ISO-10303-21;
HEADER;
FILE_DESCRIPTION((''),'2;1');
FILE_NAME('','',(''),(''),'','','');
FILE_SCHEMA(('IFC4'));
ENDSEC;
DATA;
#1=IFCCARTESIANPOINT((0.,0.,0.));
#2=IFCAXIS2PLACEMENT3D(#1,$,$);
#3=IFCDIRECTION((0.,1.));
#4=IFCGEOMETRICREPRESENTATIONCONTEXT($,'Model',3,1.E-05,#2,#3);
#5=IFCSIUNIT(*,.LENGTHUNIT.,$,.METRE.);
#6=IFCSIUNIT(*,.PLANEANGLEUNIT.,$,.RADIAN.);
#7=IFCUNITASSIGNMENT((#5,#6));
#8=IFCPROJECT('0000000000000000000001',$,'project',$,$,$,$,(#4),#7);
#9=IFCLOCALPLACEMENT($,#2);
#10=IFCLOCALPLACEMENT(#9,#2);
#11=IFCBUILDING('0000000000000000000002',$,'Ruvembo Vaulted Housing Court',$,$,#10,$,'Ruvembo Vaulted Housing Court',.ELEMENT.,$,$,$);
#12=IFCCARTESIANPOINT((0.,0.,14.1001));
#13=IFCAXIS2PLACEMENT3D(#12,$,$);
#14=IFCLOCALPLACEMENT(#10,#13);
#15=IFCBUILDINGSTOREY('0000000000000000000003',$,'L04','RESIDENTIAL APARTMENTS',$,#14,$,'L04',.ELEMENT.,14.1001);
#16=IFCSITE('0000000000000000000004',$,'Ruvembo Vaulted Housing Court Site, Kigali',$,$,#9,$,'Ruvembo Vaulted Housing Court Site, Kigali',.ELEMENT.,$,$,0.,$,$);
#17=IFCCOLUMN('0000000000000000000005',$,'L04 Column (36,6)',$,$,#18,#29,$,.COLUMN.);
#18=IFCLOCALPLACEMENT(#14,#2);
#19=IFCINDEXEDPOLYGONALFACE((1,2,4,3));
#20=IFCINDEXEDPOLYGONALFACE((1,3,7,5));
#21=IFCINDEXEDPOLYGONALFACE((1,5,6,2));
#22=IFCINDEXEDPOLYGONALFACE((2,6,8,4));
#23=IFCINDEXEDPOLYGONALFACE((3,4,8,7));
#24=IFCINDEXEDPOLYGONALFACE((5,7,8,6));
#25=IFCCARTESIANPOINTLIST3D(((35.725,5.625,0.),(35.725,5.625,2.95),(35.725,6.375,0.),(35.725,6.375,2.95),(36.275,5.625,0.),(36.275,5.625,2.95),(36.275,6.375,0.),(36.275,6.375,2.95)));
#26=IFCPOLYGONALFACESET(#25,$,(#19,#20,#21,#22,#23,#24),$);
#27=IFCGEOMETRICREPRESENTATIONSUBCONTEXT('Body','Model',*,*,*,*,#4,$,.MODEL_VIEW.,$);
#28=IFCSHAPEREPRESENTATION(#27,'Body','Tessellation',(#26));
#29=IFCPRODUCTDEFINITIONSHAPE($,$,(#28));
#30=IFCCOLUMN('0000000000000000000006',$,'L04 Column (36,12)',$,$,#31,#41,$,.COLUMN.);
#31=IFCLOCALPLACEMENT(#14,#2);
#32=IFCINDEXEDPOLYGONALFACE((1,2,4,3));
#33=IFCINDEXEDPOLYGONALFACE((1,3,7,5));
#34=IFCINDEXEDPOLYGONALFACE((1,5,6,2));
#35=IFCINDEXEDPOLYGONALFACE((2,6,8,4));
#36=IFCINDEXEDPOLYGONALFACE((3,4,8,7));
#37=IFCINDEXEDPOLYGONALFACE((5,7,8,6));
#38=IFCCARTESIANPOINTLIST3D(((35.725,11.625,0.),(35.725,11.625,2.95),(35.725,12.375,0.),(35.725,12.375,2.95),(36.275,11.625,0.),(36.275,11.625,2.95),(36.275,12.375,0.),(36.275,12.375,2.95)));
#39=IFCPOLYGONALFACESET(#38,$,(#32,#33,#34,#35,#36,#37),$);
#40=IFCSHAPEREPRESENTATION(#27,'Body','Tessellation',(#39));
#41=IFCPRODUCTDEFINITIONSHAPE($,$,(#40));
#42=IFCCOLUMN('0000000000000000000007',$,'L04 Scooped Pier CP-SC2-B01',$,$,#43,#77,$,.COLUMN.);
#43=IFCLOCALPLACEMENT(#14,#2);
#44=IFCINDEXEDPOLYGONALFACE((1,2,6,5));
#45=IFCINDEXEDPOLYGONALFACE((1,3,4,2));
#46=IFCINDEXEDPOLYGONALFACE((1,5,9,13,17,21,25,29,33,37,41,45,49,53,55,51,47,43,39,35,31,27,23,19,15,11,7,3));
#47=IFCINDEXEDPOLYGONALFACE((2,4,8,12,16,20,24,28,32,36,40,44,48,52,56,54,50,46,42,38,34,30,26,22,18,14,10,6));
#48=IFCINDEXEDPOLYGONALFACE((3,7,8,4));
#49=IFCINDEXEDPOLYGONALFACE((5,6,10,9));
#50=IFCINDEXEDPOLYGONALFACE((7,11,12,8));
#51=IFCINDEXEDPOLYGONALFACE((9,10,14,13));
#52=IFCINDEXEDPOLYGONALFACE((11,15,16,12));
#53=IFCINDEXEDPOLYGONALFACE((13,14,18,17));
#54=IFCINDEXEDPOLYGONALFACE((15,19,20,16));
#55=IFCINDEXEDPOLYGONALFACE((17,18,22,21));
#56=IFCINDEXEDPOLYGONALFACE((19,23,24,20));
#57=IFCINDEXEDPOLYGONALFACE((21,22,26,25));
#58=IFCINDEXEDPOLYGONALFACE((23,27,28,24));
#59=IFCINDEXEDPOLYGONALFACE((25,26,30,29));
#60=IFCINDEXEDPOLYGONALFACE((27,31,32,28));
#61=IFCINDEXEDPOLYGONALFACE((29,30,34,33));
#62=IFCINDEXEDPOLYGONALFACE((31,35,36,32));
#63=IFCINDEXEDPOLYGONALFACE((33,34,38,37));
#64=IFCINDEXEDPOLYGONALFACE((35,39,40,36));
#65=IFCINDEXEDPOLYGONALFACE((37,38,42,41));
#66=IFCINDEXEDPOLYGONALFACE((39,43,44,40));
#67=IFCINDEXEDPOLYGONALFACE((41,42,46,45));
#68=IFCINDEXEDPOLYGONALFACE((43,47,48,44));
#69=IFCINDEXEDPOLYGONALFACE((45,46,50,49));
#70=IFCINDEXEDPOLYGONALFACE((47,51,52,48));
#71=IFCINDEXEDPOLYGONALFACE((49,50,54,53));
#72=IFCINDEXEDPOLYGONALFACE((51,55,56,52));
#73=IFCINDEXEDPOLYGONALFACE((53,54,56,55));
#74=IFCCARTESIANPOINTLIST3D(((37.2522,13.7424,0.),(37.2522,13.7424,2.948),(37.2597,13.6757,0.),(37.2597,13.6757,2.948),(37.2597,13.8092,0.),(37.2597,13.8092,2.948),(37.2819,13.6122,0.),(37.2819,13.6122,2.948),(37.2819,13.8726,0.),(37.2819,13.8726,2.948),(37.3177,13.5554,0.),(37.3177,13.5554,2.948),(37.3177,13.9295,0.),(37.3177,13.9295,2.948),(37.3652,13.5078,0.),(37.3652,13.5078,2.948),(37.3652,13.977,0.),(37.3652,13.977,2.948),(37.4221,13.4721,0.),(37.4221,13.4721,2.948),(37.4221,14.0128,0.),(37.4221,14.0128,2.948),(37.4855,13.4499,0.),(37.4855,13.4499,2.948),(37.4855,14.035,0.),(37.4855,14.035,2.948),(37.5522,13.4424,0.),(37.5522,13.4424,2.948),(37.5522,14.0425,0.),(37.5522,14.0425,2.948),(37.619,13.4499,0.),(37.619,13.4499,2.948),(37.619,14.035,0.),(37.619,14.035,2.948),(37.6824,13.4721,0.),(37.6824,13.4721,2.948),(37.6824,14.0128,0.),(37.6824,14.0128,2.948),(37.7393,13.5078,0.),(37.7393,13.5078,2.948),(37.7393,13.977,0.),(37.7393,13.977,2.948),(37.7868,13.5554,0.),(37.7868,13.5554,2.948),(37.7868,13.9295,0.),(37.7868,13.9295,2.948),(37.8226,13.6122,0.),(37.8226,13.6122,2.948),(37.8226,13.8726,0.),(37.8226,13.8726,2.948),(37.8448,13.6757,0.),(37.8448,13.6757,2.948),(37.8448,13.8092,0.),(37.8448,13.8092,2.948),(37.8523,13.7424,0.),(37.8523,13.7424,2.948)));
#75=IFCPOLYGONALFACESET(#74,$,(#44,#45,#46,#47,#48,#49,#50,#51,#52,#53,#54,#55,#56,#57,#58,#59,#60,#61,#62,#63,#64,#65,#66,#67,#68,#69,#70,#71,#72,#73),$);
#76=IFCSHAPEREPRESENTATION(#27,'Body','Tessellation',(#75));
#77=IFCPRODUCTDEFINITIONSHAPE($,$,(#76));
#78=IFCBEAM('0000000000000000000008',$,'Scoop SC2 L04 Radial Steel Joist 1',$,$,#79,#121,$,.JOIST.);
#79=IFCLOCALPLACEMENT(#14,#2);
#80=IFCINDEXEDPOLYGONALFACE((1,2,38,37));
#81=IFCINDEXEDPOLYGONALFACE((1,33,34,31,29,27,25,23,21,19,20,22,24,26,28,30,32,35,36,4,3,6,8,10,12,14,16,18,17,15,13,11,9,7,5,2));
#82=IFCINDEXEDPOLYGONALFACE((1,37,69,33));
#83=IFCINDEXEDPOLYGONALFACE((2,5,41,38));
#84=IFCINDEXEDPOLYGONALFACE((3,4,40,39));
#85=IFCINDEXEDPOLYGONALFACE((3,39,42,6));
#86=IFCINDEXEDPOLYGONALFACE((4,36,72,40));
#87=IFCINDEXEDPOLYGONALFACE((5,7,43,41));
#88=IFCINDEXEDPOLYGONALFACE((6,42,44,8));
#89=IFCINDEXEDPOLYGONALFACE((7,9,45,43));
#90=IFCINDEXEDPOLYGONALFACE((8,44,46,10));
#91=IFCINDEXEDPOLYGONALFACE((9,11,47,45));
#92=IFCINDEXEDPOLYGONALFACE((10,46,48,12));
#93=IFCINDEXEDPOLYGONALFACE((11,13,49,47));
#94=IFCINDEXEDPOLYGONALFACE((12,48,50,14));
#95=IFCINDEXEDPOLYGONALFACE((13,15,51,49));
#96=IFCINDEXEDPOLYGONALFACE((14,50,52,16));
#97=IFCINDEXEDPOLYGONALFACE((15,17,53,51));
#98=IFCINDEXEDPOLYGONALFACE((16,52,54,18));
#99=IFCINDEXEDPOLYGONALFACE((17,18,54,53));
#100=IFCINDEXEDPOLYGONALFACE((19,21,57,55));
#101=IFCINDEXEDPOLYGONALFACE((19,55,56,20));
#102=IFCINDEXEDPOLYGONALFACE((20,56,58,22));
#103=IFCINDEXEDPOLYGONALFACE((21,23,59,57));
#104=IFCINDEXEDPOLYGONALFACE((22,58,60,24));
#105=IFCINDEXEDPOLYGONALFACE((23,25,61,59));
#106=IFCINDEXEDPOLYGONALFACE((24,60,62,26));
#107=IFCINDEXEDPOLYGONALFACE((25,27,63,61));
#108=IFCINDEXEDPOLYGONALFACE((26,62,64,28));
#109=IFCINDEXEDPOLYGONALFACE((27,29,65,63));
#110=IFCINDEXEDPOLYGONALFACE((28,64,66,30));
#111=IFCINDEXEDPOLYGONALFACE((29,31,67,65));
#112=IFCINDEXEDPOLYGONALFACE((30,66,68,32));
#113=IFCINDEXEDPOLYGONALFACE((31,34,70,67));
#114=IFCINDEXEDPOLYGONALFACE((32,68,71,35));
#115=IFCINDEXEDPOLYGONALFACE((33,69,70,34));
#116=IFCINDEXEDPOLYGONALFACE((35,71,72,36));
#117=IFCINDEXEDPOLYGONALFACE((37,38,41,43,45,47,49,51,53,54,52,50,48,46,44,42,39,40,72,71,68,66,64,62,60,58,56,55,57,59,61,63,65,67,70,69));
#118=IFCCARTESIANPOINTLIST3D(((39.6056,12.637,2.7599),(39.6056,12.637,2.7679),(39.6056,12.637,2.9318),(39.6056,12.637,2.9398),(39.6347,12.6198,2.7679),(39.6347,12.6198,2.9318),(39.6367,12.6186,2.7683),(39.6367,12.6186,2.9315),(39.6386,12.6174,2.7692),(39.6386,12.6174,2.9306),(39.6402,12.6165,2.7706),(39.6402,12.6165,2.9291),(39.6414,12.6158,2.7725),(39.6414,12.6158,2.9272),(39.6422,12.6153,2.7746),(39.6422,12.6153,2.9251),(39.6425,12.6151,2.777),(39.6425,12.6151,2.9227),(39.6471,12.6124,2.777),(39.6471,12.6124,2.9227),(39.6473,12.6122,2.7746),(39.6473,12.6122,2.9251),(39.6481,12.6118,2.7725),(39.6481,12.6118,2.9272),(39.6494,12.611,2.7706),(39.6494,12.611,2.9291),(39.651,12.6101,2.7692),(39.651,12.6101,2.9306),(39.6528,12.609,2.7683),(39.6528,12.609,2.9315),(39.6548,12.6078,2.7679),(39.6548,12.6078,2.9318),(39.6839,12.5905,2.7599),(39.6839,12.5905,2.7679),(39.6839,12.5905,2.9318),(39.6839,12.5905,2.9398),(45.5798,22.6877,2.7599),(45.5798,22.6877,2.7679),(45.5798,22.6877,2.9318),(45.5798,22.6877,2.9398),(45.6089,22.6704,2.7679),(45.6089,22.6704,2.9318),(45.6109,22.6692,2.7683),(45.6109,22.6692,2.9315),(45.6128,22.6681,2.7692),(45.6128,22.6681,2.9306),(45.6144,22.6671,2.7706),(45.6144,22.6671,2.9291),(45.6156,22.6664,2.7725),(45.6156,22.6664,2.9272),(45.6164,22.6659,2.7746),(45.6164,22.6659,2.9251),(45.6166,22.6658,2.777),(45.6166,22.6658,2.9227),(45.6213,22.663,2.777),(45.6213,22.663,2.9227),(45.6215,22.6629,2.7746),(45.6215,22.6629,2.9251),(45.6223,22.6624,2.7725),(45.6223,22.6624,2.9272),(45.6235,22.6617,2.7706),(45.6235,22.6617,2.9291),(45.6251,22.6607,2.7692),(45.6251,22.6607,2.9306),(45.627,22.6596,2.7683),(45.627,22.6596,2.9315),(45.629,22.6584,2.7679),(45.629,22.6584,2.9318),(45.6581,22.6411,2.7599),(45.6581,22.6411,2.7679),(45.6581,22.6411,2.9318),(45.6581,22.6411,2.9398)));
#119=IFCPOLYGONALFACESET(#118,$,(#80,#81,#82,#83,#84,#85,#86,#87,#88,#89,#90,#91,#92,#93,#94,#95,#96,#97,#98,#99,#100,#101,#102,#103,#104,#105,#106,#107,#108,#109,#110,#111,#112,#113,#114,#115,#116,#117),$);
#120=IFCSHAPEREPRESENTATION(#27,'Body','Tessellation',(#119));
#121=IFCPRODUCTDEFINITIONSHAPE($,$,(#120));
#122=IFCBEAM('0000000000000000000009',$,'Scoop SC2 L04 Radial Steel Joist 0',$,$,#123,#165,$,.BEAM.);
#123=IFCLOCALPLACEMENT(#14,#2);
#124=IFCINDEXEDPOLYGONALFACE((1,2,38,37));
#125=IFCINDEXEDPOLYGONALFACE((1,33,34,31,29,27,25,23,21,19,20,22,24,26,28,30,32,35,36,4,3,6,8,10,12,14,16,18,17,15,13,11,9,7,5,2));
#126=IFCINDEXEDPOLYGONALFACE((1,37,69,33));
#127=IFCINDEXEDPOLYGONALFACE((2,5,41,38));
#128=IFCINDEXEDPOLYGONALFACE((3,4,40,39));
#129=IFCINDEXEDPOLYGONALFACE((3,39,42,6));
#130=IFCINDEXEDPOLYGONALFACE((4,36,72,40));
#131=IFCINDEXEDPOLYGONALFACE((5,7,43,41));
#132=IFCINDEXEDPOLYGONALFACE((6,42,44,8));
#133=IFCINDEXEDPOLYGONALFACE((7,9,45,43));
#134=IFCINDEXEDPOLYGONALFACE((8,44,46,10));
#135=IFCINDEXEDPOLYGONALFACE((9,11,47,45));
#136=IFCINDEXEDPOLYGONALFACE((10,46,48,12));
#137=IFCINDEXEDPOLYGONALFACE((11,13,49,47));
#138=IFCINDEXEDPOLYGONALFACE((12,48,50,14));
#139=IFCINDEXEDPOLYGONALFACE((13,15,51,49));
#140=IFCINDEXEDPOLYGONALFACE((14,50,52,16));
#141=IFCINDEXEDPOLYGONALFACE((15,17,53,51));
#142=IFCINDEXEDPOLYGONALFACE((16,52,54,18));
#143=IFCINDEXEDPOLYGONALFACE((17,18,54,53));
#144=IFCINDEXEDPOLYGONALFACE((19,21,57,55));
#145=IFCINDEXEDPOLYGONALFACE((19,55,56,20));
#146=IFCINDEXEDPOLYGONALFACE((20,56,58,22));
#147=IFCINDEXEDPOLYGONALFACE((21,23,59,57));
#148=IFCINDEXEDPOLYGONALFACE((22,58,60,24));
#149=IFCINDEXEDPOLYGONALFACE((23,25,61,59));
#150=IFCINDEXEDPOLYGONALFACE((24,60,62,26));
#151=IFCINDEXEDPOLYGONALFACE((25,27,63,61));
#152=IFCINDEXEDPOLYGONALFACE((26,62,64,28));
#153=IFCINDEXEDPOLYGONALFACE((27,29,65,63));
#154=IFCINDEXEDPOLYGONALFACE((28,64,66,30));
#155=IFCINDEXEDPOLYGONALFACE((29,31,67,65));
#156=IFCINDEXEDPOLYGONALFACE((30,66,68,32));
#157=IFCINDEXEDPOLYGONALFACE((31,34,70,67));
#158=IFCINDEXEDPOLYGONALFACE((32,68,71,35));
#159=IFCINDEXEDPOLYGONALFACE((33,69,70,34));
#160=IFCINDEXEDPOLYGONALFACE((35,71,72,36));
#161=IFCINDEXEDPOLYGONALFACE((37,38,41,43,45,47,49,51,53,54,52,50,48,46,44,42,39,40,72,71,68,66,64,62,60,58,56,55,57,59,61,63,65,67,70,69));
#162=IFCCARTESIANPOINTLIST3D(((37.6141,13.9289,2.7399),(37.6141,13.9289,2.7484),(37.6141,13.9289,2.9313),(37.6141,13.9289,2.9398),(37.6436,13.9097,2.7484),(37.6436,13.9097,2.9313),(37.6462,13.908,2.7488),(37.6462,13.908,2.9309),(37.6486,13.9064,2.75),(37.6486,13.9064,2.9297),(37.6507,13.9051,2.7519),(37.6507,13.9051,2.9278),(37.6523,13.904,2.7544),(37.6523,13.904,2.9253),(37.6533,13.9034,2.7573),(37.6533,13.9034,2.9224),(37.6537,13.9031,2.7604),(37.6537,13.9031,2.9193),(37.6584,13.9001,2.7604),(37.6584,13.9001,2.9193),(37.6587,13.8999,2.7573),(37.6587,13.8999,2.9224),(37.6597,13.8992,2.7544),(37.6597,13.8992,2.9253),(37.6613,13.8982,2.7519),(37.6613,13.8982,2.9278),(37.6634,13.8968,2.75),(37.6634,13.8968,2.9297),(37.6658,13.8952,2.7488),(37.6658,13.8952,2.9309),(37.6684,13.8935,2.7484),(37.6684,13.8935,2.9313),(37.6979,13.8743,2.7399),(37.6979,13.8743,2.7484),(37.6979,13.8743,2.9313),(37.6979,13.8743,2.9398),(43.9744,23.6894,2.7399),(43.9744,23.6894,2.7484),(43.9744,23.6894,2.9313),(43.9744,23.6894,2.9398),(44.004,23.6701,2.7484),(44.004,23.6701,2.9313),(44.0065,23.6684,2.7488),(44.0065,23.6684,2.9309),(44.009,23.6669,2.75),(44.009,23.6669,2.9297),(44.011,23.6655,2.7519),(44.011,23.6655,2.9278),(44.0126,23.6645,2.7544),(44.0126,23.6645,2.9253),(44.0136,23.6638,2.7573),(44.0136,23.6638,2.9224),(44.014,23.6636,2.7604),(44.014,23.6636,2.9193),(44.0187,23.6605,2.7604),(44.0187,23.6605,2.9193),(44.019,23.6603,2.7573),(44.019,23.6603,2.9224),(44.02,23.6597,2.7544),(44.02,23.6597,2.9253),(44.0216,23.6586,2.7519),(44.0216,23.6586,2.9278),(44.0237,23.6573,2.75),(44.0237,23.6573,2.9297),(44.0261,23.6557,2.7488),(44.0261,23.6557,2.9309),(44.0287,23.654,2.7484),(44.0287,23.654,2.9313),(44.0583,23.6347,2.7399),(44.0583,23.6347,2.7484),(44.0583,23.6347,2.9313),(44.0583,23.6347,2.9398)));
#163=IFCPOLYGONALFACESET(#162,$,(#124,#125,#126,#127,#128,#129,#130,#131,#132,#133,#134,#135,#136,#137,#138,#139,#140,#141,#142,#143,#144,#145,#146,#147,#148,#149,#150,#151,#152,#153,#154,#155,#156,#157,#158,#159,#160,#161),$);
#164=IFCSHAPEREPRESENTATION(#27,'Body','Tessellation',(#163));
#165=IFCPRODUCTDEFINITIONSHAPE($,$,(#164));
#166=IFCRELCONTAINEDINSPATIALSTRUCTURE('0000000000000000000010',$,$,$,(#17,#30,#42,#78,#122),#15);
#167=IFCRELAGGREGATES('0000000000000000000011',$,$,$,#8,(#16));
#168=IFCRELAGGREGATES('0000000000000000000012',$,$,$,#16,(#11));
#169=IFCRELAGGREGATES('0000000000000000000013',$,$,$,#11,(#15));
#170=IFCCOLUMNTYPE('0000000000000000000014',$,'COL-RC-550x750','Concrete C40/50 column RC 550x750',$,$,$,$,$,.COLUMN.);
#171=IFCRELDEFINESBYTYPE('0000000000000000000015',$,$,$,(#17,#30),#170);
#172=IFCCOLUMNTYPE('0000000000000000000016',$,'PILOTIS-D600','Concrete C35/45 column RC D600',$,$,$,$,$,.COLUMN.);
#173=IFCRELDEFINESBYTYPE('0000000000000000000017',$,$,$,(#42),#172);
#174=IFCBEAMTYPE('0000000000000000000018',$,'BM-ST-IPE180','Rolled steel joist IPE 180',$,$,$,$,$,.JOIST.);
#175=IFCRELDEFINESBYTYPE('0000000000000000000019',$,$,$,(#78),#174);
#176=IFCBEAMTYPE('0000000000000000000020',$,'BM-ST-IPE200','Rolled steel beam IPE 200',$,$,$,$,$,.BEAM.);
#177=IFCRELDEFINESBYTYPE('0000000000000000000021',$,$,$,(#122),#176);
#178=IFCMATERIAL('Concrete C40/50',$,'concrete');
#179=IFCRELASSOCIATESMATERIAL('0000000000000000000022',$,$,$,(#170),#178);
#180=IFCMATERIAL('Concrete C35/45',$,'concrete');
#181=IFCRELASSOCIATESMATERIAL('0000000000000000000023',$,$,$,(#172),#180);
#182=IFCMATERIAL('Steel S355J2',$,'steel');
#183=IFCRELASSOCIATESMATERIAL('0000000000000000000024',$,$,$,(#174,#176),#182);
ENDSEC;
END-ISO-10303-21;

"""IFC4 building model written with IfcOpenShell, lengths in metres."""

from ifc_helpers import new_model, si_unit, direction, frame, origin, origin_2d, place, context, subcontext, project, spatial, rectangle, circle, i_section, extrude, material, material_profile, profile_set, type_object, element, save


model = new_model("IFC4")

# Units and contexts
model_context = context("Model", 3, precision=1e-05, world=origin(), true_north=direction((0.0, 1.0)))
body_context = subcontext(model_context, "Body", "Model", "MODEL_VIEW")
ifc_project = project(units=[si_unit("LENGTHUNIT", "METRE"), si_unit("PLANEANGLEUNIT", "RADIAN")], contexts=[model_context])

# Site, building, storey
site_placement = place(None, origin())
site = spatial("IfcSite", under=ifc_project, at=site_placement, Name="Ruvembo Vaulted Housing Court Site, Kigali", LongName="Ruvembo Vaulted Housing Court Site, Kigali", CompositionType="ELEMENT", RefElevation=0.0)
building_placement = place(site_placement, origin())
building = spatial("IfcBuilding", under=site, at=building_placement, Name="Ruvembo Vaulted Housing Court", LongName="Ruvembo Vaulted Housing Court", CompositionType="ELEMENT")
storey_placement = place(building_placement, frame((0.0, 0.0, 14.1001)))
storey = spatial("IfcBuildingStorey", under=building, at=storey_placement, Name="L04", Description="RESIDENTIAL APARTMENTS", LongName="L04", CompositionType="ELEMENT", Elevation=14.1001)

# Columns
ifc_material_1 = material(Name="Concrete C40/50", Category="concrete")
ifc_material_profile_1 = material_profile(ifc_material_1, rectangle(XDim=0.55, YDim=0.75, at=origin_2d()), Name="RC 550x750")
ifc_profile_set_1 = profile_set([ifc_material_profile_1], Name="Concrete C40/50")
column_type_1 = type_object("IfcColumnType", Name="COL-RC-550x750", Description="Concrete C40/50 column RC 550x750", PredefinedType="COLUMN", material=ifc_profile_set_1)
for number, where, z_axis, x_axis, name in (
    (1, (36.0, 6.0, 0.0), (0.0, 0.0, 1.0), (1.0, 0.0, 0.0), "L04 Column (36,6)"),
    (2, (36.0, 12.0, 0.0), (0.0, 0.0, 1.0), (1.0, 0.0, 0.0), "L04 Column (36,12)"),
):
    element("IfcColumn", number, at=place(storey_placement, frame(where, z_axis=z_axis, x_axis=x_axis)), inside=storey, type_object=column_type_1, Name=name, PredefinedType="COLUMN", context=body_context, shape_type="SweptSolid", body=[
        extrude(rectangle(XDim=0.55, YDim=0.75, at=origin_2d()), origin(), (0.0, 0.0, 1.0), 2.95),
    ])
ifc_material_2 = material(Name="Concrete C35/45", Category="concrete")
ifc_material_profile_2 = material_profile(ifc_material_2, circle(Radius=0.3, at=origin_2d()), Name="RC D600")
ifc_profile_set_2 = profile_set([ifc_material_profile_2], Name="Concrete C35/45")
column_type_2 = type_object("IfcColumnType", Name="PILOTIS-D600", Description="Concrete C35/45 column RC D600", PredefinedType="COLUMN", material=ifc_profile_set_2)
column_placement = place(storey_placement, frame((37.5522, 13.7424, 0.0), z_axis=(0.0, 0.0, 1.0), x_axis=(1.0, 0.0, 0.0)))
element("IfcColumn", 3, at=column_placement, inside=storey, type_object=column_type_2, Name="L04 Scooped Pier CP-SC2-B01", PredefinedType="COLUMN", context=body_context, shape_type="SweptSolid", body=[
    extrude(circle(Radius=0.3, at=origin_2d()), origin(), (0.0, 0.0, 1.0), 2.948),
])

# Beams
ifc_material_3 = material(Name="Steel S355J2", Category="steel")
ifc_material_profile_3 = material_profile(ifc_material_3, i_section(OverallWidth=0.0911, OverallDepth=0.1799, WebThickness=0.0054, FlangeThickness=0.0081, FilletRadius=0.009, at=origin_2d()), Name="IPE 180")
ifc_profile_set_3 = profile_set([ifc_material_profile_3], Name="Steel S355J2")
beam_type_1 = type_object("IfcBeamType", Name="BM-ST-IPE180", Description="Rolled steel joist IPE 180", PredefinedType="JOIST", material=ifc_profile_set_3)
beam_1_placement = place(storey_placement, frame((39.6448, 12.6138, 2.8499), z_axis=(0.510957, 0.859606, 0.0), x_axis=(-0.859606, 0.510957, 0.0)))
element("IfcBeam", 4, at=beam_1_placement, inside=storey, type_object=beam_type_1, Name="Scoop SC2 L04 Radial Steel Joist 1", PredefinedType="JOIST", context=body_context, shape_type="SweptSolid", body=[
    extrude(i_section(OverallWidth=0.0911, OverallDepth=0.1799, WebThickness=0.0054, FlangeThickness=0.0081, FilletRadius=0.009, at=origin_2d()), origin(), (0.0, 0.0, 1.0), 11.6921),
])
ifc_material_profile_4 = material_profile(ifc_material_3, i_section(OverallWidth=0.1001, OverallDepth=0.2, WebThickness=0.0056, FlangeThickness=0.0085, FilletRadius=0.012, at=origin_2d()), Name="IPE 200")
ifc_profile_set_4 = profile_set([ifc_material_profile_4], Name="Steel S355J2")
beam_type_2 = type_object("IfcBeamType", Name="BM-ST-IPE200", Description="Rolled steel beam IPE 200", PredefinedType="BEAM", material=ifc_profile_set_4)
beam_2_placement = place(storey_placement, frame((37.656, 13.9016, 2.8398), z_axis=(0.545955, 0.837814, 0.0), x_axis=(-0.837814, 0.545955, 0.0)))
element("IfcBeam", 5, at=beam_2_placement, inside=storey, type_object=beam_type_2, Name="Scoop SC2 L04 Radial Steel Joist 0", PredefinedType="BEAM", context=body_context, shape_type="SweptSolid", body=[
    extrude(i_section(OverallWidth=0.1001, OverallDepth=0.2, WebThickness=0.0056, FlangeThickness=0.0085, FilletRadius=0.012, at=origin_2d()), origin(), (0.0, 0.0, 1.0), 11.6499),
])

save(model, "model.ifc")
